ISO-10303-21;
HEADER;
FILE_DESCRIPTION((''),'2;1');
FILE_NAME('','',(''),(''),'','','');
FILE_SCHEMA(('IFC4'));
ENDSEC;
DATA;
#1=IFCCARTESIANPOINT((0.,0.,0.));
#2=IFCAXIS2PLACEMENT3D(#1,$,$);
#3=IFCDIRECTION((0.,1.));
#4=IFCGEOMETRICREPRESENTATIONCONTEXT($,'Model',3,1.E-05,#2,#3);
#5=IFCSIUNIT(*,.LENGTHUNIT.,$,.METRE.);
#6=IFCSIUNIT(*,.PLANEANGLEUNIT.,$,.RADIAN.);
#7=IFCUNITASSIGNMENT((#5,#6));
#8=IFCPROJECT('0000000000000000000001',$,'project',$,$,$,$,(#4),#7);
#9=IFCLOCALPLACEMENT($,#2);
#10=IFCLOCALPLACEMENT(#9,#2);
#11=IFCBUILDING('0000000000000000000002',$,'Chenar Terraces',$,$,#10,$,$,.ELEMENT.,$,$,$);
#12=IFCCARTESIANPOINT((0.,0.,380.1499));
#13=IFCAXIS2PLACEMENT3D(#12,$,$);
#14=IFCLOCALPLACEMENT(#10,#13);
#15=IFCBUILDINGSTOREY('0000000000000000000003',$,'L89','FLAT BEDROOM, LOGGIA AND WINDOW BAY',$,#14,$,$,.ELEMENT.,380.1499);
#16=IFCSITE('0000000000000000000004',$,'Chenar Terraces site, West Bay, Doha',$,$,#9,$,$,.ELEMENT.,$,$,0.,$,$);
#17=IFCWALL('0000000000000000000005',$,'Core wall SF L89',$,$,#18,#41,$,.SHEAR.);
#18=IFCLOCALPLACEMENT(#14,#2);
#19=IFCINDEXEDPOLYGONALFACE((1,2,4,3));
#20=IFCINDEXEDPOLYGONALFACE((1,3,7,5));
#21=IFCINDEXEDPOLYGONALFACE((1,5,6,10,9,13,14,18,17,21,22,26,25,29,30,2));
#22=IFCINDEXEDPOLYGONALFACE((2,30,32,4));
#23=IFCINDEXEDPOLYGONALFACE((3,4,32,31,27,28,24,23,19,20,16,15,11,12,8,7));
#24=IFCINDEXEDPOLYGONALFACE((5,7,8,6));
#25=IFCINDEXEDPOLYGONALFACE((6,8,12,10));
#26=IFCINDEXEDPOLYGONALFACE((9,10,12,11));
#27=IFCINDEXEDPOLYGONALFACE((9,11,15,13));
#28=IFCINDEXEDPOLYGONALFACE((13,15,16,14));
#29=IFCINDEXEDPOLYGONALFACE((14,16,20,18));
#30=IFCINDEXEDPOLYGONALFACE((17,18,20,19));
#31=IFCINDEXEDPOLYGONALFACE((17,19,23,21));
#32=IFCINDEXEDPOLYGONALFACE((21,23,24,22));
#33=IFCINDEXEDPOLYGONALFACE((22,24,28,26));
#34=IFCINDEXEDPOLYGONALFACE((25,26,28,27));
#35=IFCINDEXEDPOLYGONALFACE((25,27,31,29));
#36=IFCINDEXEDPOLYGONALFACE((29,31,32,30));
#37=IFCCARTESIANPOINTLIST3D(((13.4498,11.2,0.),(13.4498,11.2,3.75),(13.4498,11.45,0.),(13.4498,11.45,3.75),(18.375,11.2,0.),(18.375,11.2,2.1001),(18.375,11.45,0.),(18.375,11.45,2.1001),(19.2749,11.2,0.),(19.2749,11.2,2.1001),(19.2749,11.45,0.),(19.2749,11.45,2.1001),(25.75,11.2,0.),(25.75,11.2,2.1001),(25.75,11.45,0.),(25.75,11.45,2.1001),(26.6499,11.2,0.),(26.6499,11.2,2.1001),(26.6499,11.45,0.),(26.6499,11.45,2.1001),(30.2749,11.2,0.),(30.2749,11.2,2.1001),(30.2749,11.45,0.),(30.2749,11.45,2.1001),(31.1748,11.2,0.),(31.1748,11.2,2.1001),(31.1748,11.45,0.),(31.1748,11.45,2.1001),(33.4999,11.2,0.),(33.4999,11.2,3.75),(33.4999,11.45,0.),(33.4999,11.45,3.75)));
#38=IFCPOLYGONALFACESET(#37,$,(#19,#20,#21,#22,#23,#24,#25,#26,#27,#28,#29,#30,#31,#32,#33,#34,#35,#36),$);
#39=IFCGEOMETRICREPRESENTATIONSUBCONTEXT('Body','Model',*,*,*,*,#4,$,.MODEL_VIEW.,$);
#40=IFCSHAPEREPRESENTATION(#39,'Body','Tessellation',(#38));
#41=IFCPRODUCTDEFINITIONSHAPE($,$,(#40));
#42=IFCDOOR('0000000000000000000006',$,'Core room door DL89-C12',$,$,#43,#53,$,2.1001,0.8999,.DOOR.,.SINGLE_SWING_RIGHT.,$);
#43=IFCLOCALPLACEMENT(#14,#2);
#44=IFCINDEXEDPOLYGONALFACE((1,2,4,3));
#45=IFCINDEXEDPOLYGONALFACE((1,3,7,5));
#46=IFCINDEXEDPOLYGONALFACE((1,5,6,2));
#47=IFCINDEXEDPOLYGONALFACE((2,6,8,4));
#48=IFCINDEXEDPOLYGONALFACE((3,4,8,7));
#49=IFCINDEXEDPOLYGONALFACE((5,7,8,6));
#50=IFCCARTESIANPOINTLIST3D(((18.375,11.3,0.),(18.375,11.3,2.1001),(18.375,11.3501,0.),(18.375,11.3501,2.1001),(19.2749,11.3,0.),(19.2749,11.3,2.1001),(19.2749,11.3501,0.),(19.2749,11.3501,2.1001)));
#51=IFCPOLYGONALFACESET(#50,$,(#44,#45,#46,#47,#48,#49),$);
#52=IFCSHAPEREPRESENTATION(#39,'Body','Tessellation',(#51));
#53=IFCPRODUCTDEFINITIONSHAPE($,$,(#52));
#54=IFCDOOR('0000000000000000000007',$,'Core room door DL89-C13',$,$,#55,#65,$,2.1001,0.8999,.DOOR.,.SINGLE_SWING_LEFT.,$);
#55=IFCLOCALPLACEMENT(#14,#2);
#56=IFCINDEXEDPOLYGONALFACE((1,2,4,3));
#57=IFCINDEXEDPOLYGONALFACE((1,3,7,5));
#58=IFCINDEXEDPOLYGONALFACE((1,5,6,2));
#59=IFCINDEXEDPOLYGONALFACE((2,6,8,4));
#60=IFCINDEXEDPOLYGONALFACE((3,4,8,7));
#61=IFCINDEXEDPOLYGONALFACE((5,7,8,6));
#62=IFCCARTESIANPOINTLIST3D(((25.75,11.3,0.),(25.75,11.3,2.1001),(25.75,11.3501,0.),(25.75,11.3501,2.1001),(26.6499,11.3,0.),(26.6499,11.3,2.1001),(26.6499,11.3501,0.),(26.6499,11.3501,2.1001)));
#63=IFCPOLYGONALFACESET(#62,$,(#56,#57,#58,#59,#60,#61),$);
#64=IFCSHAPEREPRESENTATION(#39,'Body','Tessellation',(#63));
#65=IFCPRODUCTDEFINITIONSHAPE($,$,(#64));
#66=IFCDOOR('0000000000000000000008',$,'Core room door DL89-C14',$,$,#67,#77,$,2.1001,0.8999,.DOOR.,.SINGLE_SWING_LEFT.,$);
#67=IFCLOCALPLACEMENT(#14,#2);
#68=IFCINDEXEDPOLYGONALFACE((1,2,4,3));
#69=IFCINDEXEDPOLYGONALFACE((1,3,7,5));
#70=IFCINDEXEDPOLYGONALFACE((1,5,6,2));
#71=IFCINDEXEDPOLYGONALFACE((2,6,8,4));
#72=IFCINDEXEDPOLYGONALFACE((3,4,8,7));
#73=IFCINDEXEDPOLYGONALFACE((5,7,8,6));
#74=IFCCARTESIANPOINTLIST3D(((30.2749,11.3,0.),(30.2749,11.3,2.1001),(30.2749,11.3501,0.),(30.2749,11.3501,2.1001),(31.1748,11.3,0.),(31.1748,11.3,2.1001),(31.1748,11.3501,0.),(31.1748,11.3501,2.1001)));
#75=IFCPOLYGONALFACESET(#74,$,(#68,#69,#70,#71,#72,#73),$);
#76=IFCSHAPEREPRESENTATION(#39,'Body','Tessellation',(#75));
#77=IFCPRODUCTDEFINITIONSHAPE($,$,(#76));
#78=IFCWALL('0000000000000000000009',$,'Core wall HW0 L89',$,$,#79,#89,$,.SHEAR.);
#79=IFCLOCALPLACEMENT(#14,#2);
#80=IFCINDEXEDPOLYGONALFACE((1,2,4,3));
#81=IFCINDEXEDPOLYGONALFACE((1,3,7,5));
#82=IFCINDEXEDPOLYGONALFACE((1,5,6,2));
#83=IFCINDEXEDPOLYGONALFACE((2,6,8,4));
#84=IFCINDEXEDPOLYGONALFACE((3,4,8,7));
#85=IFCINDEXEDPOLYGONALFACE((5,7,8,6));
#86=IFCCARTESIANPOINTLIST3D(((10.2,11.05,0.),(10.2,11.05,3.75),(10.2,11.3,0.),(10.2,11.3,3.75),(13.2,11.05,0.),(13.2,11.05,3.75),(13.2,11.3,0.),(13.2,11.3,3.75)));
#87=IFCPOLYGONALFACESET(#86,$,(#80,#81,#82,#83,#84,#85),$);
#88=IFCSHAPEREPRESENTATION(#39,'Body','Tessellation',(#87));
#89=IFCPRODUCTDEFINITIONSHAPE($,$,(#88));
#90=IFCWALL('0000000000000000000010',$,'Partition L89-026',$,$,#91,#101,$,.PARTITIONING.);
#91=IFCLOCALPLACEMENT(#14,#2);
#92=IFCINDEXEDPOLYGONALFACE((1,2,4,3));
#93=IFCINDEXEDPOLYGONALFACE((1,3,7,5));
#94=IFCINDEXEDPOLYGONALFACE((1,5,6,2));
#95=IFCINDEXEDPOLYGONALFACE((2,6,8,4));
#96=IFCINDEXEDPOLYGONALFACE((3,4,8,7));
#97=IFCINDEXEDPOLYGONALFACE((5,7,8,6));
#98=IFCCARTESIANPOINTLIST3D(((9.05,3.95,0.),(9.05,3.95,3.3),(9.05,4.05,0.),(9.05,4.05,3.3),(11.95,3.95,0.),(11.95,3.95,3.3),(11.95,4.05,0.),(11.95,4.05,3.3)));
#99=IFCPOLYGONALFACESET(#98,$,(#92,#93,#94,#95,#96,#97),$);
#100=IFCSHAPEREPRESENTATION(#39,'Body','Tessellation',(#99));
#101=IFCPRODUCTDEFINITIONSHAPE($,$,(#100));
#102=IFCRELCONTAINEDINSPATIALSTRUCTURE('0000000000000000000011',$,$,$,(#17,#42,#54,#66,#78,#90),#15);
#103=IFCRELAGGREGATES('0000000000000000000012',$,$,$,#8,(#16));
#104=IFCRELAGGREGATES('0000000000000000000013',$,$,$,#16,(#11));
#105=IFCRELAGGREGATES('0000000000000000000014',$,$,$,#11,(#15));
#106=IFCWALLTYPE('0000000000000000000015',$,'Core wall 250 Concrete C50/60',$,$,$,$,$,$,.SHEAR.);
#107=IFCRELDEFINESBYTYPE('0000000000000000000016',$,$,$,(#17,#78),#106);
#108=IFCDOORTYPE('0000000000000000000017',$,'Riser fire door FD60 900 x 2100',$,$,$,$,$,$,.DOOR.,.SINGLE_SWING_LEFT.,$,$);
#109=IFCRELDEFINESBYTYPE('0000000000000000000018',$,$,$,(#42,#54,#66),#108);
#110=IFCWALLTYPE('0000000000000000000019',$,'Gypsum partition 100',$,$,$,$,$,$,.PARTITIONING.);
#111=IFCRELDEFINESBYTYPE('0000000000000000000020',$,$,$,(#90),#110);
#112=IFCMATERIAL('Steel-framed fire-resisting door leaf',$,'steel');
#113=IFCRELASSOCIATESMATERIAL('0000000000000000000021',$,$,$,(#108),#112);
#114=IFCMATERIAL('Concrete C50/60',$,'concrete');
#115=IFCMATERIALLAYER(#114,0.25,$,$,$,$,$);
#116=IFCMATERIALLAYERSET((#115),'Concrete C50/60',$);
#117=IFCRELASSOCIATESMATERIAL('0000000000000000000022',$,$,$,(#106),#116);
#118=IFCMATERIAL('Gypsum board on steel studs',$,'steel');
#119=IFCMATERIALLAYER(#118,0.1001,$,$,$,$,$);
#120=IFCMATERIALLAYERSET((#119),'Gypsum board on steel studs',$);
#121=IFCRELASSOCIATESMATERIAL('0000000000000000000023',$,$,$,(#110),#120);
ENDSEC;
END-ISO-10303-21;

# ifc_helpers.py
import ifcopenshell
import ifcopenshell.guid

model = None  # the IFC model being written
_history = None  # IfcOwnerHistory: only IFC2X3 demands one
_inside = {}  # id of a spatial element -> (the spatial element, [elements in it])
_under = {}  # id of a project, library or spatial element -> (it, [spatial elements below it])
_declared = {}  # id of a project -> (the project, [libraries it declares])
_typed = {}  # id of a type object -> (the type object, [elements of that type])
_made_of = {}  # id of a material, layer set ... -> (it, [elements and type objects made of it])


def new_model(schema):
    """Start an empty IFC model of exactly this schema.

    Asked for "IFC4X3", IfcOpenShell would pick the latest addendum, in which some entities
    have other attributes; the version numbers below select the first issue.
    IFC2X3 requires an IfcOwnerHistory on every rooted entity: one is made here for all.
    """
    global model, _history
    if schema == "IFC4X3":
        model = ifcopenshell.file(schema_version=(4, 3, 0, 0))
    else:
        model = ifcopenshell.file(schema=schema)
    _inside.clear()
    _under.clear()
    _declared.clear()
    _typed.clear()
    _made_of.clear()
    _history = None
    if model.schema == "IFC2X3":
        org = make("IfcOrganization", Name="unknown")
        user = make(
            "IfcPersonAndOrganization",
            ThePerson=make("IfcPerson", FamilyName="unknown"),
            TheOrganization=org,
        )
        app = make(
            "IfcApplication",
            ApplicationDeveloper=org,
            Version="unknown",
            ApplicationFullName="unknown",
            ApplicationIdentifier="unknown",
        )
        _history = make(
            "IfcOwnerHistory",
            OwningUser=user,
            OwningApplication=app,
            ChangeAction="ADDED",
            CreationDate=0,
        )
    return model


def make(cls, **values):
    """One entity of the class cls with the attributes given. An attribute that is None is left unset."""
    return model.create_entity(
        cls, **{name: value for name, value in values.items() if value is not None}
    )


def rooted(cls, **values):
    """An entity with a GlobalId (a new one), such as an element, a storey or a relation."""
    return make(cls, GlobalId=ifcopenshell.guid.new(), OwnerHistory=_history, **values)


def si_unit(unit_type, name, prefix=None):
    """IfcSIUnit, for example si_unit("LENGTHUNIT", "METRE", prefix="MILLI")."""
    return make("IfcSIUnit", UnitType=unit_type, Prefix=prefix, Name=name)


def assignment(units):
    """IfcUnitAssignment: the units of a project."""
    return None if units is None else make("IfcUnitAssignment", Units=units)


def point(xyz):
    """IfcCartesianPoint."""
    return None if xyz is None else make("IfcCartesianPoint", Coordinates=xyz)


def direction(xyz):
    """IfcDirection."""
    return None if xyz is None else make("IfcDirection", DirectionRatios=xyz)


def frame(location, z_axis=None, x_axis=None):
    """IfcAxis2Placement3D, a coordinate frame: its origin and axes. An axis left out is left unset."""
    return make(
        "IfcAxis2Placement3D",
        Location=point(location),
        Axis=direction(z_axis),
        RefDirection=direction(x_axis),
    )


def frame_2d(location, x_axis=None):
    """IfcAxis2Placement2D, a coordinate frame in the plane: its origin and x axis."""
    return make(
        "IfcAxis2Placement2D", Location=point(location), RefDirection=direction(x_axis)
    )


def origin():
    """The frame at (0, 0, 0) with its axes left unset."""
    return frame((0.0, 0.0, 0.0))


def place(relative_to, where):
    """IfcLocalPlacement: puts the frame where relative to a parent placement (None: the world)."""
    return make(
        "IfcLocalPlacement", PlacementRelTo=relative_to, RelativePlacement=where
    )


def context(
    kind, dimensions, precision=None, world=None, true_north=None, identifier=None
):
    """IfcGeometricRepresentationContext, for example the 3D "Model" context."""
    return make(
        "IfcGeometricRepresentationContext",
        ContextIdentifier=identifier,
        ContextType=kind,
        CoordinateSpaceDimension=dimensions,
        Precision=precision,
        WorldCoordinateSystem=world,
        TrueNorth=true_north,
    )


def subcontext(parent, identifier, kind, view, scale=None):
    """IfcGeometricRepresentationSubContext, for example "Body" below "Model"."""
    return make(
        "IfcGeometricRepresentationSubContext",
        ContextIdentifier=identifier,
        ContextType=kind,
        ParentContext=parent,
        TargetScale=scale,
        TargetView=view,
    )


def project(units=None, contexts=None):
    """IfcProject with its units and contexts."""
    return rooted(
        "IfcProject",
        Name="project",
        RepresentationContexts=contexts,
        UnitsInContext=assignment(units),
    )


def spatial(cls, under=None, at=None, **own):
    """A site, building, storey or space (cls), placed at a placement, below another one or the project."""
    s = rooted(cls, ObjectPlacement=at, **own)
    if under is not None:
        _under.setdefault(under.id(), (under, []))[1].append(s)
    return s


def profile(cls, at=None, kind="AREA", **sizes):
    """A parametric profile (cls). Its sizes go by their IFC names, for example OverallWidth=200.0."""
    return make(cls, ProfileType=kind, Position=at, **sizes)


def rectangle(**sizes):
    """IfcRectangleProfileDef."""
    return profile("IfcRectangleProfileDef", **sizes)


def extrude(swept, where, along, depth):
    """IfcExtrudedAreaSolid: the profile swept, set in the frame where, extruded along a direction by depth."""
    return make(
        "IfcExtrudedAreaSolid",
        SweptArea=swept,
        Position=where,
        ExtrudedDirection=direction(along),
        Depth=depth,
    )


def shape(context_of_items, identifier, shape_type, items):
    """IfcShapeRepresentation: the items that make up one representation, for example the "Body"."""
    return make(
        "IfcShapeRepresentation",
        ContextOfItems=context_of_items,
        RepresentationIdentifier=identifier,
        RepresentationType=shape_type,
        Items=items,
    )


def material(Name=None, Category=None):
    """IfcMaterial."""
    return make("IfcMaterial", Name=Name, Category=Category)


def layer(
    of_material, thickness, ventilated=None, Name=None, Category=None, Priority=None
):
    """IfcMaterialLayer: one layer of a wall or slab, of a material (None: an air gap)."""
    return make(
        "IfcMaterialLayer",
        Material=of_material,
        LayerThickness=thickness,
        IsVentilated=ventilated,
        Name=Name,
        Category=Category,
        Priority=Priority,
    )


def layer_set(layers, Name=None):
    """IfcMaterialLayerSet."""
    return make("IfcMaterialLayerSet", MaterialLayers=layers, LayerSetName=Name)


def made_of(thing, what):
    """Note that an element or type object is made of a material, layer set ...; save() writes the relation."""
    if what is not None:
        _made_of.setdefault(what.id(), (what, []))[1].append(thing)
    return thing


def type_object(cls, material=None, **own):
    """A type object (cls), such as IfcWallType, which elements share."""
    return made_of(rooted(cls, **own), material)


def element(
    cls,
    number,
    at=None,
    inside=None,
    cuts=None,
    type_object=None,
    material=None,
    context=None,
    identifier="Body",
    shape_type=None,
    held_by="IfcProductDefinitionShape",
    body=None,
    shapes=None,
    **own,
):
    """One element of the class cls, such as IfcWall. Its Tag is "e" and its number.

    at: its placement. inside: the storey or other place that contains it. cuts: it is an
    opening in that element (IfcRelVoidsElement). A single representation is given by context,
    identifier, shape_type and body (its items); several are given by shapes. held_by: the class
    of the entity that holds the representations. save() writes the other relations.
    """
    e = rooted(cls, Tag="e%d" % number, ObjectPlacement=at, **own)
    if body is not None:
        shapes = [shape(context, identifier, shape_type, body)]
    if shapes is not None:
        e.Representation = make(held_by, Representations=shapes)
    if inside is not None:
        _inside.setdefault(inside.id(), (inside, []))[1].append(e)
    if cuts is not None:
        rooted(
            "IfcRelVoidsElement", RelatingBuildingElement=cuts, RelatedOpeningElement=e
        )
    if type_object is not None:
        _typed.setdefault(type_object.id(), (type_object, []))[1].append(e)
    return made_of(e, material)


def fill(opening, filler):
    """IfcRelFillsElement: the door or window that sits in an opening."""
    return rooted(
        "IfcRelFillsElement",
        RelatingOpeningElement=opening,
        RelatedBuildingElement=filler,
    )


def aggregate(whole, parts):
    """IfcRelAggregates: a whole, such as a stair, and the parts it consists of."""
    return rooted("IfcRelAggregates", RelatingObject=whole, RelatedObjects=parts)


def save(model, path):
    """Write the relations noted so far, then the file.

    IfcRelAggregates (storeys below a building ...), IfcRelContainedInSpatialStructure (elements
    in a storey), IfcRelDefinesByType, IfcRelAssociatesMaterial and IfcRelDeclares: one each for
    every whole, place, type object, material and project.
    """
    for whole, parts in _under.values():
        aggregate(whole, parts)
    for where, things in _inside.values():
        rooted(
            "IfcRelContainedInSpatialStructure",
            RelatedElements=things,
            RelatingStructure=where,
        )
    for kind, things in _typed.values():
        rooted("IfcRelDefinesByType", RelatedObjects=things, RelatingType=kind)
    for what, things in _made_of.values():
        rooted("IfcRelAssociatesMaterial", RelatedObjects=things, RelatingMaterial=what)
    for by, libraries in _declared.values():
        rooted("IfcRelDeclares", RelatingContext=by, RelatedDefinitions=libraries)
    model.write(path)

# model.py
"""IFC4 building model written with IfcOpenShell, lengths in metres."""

from ifc_helpers import new_model, si_unit, direction, frame, frame_2d, origin, place, context, subcontext, project, spatial, rectangle, extrude, material, layer, layer_set, type_object, element, fill, save


model = new_model("IFC4")

# Units and contexts
model_context = context("Model", 3, precision=1e-05, world=origin(), true_north=direction((0.0, 1.0)))
body_context = subcontext(model_context, "Body", "Model", "MODEL_VIEW")
ifc_project = project(units=[si_unit("LENGTHUNIT", "METRE"), si_unit("PLANEANGLEUNIT", "RADIAN")], contexts=[model_context])

# Site, building, storey
site_placement = place(None, origin())
site = spatial("IfcSite", under=ifc_project, at=site_placement, Name="Chenar Terraces site, West Bay, Doha", CompositionType="ELEMENT", RefElevation=0.0)
building_placement = place(site_placement, origin())
building = spatial("IfcBuilding", under=site, at=building_placement, Name="Chenar Terraces", CompositionType="ELEMENT")
storey_placement = place(building_placement, frame((0.0, 0.0, 380.1499)))
storey = spatial("IfcBuildingStorey", under=building, at=storey_placement, Name="L89", Description="FLAT BEDROOM, LOGGIA AND WINDOW BAY", CompositionType="ELEMENT", Elevation=380.1499)

# Shared definitions
ifc_material_1 = material(Name="Steel-framed fire-resisting door leaf", Category="steel")
door_type_1 = type_object("IfcDoorType", Name="Riser fire door FD60 900 x 2100", OperationType="SINGLE_SWING_LEFT", PredefinedType="DOOR", material=ifc_material_1)

# Shared definitions
ifc_material_2 = material(Name="Concrete C50/60", Category="concrete")
ifc_layer_1 = layer(ifc_material_2, 0.25)
ifc_layer_set_1 = layer_set([ifc_layer_1], Name="Concrete C50/60")
wall_type_1 = type_object("IfcWallType", Name="Core wall 250 Concrete C50/60", PredefinedType="SHEAR", material=ifc_layer_set_1)

# Wall, openings, doors
wall_1_placement = place(storey_placement, frame((13.45, 11.325, 0.0), z_axis=(0.0, 0.0, 1.0), x_axis=(1.0, 0.0, 0.0)))
wall_1 = element("IfcWall", 1, at=wall_1_placement, inside=storey, type_object=wall_type_1, Name="Core wall SF L89", PredefinedType="SHEAR", context=body_context, shape_type="SweptSolid", body=[
    extrude(rectangle(XDim=20.05, YDim=0.25, at=frame_2d((10.0249, 0.0))), origin(), (0.0, 0.0, 1.0), 3.75),
])
opening_1_placement = place(wall_1_placement, frame((4.925, 0.0, 0.0)))
opening_1 = element("IfcOpeningElement", 2, at=opening_1_placement, cuts=wall_1, PredefinedType="OPENING", context=body_context, shape_type="SweptSolid", body=[
    extrude(rectangle(XDim=0.8999, YDim=2.1001, at=frame_2d((0.45, 1.05))), frame((0.0, 0.135, 0.0), z_axis=(0.0, -1.0, 0.0), x_axis=(1.0, 0.0, 0.0)), (0.0, 0.0, 1.0), 0.27),
])
opening_2_placement = place(wall_1_placement, frame((12.3, 0.0, 0.0)))
opening_2 = element("IfcOpeningElement", 3, at=opening_2_placement, cuts=wall_1, PredefinedType="OPENING", context=body_context, shape_type="SweptSolid", body=[
    extrude(rectangle(XDim=0.8999, YDim=2.1001, at=frame_2d((0.45, 1.05))), frame((0.0, 0.135, 0.0), z_axis=(0.0, -1.0, 0.0), x_axis=(1.0, 0.0, 0.0)), (0.0, 0.0, 1.0), 0.27),
])
opening_3_placement = place(wall_1_placement, frame((16.825, 0.0, 0.0)))
opening_3 = element("IfcOpeningElement", 4, at=opening_3_placement, cuts=wall_1, PredefinedType="OPENING", context=body_context, shape_type="SweptSolid", body=[
    extrude(rectangle(XDim=0.8999, YDim=2.1001, at=frame_2d((0.45, 1.05))), frame((0.0, 0.135, 0.0), z_axis=(0.0, -1.0, 0.0), x_axis=(1.0, 0.0, 0.0)), (0.0, 0.0, 1.0), 0.27),
])
door_1_placement = place(opening_1_placement, frame((0.8999, 0.0, 0.0), z_axis=(0.0, 0.0, 1.0), x_axis=(-1.0, 0.0, 0.0)))
door_1 = element("IfcDoor", 5, at=door_1_placement, inside=storey, type_object=door_type_1, Name="Core room door DL89-C12", OperationType="SINGLE_SWING_RIGHT", OverallHeight=2.1001, OverallWidth=0.8999, PredefinedType="DOOR", context=body_context, shape_type="SweptSolid", body=[
    extrude(rectangle(XDim=0.8999, YDim=2.1001, at=frame_2d((0.45, 1.05))), frame((0.0, 0.0249, 0.0), z_axis=(0.0, -1.0, 0.0), x_axis=(1.0, 0.0, 0.0)), (0.0, 0.0, 1.0), 0.05),
])
fill(opening_1, door_1)
door_2_placement = place(opening_2_placement, frame((0.8999, 0.0, 0.0), z_axis=(0.0, 0.0, 1.0), x_axis=(-1.0, 0.0, 0.0)))
door_2 = element("IfcDoor", 6, at=door_2_placement, inside=storey, type_object=door_type_1, Name="Core room door DL89-C13", OperationType="SINGLE_SWING_LEFT", OverallHeight=2.1001, OverallWidth=0.8999, PredefinedType="DOOR", context=body_context, shape_type="SweptSolid", body=[
    extrude(rectangle(XDim=0.8999, YDim=2.1001, at=frame_2d((0.45, 1.05))), frame((0.0, 0.0249, 0.0), z_axis=(0.0, -1.0, 0.0), x_axis=(1.0, 0.0, 0.0)), (0.0, 0.0, 1.0), 0.05),
])
fill(opening_2, door_2)
door_3_placement = place(opening_3_placement, frame((0.8999, 0.0, 0.0), z_axis=(0.0, 0.0, 1.0), x_axis=(-1.0, 0.0, 0.0)))
door_3 = element("IfcDoor", 7, at=door_3_placement, inside=storey, type_object=door_type_1, Name="Core room door DL89-C14", OperationType="SINGLE_SWING_LEFT", OverallHeight=2.1001, OverallWidth=0.8999, PredefinedType="DOOR", context=body_context, shape_type="SweptSolid", body=[
    extrude(rectangle(XDim=0.8999, YDim=2.1001, at=frame_2d((0.45, 1.05))), frame((0.0, 0.0249, 0.0), z_axis=(0.0, -1.0, 0.0), x_axis=(1.0, 0.0, 0.0)), (0.0, 0.0, 1.0), 0.05),
])
fill(opening_3, door_3)

# Walls
wall_2_placement = place(storey_placement, frame((10.2, 11.175, 0.0), z_axis=(0.0, 0.0, 1.0), x_axis=(1.0, 0.0, 0.0)))
element("IfcWall", 8, at=wall_2_placement, inside=storey, type_object=wall_type_1, Name="Core wall HW0 L89", PredefinedType="SHEAR", context=body_context, shape_type="SweptSolid", body=[
    extrude(rectangle(XDim=3.0, YDim=0.25, at=frame_2d((1.5, 0.0))), origin(), (0.0, 0.0, 1.0), 3.75),
])
ifc_material_3 = material(Name="Gypsum board on steel studs", Category="steel")
ifc_layer_2 = layer(ifc_material_3, 0.1001)
ifc_layer_set_2 = layer_set([ifc_layer_2], Name="Gypsum board on steel studs")
wall_type_2 = type_object("IfcWallType", Name="Gypsum partition 100", PredefinedType="PARTITIONING", material=ifc_layer_set_2)
wall_3_placement = place(storey_placement, frame((9.05, 4.0, 0.0), z_axis=(0.0, 0.0, 1.0), x_axis=(1.0, 0.0, 0.0)))
element("IfcWall", 9, at=wall_3_placement, inside=storey, type_object=wall_type_2, Name="Partition L89-026", PredefinedType="PARTITIONING", context=body_context, shape_type="SweptSolid", body=[
    extrude(rectangle(XDim=2.8999, YDim=0.1001, at=frame_2d((1.45, 0.0))), origin(), (0.0, 0.0, 1.0), 3.3),
])

save(model, "model.ifc")
